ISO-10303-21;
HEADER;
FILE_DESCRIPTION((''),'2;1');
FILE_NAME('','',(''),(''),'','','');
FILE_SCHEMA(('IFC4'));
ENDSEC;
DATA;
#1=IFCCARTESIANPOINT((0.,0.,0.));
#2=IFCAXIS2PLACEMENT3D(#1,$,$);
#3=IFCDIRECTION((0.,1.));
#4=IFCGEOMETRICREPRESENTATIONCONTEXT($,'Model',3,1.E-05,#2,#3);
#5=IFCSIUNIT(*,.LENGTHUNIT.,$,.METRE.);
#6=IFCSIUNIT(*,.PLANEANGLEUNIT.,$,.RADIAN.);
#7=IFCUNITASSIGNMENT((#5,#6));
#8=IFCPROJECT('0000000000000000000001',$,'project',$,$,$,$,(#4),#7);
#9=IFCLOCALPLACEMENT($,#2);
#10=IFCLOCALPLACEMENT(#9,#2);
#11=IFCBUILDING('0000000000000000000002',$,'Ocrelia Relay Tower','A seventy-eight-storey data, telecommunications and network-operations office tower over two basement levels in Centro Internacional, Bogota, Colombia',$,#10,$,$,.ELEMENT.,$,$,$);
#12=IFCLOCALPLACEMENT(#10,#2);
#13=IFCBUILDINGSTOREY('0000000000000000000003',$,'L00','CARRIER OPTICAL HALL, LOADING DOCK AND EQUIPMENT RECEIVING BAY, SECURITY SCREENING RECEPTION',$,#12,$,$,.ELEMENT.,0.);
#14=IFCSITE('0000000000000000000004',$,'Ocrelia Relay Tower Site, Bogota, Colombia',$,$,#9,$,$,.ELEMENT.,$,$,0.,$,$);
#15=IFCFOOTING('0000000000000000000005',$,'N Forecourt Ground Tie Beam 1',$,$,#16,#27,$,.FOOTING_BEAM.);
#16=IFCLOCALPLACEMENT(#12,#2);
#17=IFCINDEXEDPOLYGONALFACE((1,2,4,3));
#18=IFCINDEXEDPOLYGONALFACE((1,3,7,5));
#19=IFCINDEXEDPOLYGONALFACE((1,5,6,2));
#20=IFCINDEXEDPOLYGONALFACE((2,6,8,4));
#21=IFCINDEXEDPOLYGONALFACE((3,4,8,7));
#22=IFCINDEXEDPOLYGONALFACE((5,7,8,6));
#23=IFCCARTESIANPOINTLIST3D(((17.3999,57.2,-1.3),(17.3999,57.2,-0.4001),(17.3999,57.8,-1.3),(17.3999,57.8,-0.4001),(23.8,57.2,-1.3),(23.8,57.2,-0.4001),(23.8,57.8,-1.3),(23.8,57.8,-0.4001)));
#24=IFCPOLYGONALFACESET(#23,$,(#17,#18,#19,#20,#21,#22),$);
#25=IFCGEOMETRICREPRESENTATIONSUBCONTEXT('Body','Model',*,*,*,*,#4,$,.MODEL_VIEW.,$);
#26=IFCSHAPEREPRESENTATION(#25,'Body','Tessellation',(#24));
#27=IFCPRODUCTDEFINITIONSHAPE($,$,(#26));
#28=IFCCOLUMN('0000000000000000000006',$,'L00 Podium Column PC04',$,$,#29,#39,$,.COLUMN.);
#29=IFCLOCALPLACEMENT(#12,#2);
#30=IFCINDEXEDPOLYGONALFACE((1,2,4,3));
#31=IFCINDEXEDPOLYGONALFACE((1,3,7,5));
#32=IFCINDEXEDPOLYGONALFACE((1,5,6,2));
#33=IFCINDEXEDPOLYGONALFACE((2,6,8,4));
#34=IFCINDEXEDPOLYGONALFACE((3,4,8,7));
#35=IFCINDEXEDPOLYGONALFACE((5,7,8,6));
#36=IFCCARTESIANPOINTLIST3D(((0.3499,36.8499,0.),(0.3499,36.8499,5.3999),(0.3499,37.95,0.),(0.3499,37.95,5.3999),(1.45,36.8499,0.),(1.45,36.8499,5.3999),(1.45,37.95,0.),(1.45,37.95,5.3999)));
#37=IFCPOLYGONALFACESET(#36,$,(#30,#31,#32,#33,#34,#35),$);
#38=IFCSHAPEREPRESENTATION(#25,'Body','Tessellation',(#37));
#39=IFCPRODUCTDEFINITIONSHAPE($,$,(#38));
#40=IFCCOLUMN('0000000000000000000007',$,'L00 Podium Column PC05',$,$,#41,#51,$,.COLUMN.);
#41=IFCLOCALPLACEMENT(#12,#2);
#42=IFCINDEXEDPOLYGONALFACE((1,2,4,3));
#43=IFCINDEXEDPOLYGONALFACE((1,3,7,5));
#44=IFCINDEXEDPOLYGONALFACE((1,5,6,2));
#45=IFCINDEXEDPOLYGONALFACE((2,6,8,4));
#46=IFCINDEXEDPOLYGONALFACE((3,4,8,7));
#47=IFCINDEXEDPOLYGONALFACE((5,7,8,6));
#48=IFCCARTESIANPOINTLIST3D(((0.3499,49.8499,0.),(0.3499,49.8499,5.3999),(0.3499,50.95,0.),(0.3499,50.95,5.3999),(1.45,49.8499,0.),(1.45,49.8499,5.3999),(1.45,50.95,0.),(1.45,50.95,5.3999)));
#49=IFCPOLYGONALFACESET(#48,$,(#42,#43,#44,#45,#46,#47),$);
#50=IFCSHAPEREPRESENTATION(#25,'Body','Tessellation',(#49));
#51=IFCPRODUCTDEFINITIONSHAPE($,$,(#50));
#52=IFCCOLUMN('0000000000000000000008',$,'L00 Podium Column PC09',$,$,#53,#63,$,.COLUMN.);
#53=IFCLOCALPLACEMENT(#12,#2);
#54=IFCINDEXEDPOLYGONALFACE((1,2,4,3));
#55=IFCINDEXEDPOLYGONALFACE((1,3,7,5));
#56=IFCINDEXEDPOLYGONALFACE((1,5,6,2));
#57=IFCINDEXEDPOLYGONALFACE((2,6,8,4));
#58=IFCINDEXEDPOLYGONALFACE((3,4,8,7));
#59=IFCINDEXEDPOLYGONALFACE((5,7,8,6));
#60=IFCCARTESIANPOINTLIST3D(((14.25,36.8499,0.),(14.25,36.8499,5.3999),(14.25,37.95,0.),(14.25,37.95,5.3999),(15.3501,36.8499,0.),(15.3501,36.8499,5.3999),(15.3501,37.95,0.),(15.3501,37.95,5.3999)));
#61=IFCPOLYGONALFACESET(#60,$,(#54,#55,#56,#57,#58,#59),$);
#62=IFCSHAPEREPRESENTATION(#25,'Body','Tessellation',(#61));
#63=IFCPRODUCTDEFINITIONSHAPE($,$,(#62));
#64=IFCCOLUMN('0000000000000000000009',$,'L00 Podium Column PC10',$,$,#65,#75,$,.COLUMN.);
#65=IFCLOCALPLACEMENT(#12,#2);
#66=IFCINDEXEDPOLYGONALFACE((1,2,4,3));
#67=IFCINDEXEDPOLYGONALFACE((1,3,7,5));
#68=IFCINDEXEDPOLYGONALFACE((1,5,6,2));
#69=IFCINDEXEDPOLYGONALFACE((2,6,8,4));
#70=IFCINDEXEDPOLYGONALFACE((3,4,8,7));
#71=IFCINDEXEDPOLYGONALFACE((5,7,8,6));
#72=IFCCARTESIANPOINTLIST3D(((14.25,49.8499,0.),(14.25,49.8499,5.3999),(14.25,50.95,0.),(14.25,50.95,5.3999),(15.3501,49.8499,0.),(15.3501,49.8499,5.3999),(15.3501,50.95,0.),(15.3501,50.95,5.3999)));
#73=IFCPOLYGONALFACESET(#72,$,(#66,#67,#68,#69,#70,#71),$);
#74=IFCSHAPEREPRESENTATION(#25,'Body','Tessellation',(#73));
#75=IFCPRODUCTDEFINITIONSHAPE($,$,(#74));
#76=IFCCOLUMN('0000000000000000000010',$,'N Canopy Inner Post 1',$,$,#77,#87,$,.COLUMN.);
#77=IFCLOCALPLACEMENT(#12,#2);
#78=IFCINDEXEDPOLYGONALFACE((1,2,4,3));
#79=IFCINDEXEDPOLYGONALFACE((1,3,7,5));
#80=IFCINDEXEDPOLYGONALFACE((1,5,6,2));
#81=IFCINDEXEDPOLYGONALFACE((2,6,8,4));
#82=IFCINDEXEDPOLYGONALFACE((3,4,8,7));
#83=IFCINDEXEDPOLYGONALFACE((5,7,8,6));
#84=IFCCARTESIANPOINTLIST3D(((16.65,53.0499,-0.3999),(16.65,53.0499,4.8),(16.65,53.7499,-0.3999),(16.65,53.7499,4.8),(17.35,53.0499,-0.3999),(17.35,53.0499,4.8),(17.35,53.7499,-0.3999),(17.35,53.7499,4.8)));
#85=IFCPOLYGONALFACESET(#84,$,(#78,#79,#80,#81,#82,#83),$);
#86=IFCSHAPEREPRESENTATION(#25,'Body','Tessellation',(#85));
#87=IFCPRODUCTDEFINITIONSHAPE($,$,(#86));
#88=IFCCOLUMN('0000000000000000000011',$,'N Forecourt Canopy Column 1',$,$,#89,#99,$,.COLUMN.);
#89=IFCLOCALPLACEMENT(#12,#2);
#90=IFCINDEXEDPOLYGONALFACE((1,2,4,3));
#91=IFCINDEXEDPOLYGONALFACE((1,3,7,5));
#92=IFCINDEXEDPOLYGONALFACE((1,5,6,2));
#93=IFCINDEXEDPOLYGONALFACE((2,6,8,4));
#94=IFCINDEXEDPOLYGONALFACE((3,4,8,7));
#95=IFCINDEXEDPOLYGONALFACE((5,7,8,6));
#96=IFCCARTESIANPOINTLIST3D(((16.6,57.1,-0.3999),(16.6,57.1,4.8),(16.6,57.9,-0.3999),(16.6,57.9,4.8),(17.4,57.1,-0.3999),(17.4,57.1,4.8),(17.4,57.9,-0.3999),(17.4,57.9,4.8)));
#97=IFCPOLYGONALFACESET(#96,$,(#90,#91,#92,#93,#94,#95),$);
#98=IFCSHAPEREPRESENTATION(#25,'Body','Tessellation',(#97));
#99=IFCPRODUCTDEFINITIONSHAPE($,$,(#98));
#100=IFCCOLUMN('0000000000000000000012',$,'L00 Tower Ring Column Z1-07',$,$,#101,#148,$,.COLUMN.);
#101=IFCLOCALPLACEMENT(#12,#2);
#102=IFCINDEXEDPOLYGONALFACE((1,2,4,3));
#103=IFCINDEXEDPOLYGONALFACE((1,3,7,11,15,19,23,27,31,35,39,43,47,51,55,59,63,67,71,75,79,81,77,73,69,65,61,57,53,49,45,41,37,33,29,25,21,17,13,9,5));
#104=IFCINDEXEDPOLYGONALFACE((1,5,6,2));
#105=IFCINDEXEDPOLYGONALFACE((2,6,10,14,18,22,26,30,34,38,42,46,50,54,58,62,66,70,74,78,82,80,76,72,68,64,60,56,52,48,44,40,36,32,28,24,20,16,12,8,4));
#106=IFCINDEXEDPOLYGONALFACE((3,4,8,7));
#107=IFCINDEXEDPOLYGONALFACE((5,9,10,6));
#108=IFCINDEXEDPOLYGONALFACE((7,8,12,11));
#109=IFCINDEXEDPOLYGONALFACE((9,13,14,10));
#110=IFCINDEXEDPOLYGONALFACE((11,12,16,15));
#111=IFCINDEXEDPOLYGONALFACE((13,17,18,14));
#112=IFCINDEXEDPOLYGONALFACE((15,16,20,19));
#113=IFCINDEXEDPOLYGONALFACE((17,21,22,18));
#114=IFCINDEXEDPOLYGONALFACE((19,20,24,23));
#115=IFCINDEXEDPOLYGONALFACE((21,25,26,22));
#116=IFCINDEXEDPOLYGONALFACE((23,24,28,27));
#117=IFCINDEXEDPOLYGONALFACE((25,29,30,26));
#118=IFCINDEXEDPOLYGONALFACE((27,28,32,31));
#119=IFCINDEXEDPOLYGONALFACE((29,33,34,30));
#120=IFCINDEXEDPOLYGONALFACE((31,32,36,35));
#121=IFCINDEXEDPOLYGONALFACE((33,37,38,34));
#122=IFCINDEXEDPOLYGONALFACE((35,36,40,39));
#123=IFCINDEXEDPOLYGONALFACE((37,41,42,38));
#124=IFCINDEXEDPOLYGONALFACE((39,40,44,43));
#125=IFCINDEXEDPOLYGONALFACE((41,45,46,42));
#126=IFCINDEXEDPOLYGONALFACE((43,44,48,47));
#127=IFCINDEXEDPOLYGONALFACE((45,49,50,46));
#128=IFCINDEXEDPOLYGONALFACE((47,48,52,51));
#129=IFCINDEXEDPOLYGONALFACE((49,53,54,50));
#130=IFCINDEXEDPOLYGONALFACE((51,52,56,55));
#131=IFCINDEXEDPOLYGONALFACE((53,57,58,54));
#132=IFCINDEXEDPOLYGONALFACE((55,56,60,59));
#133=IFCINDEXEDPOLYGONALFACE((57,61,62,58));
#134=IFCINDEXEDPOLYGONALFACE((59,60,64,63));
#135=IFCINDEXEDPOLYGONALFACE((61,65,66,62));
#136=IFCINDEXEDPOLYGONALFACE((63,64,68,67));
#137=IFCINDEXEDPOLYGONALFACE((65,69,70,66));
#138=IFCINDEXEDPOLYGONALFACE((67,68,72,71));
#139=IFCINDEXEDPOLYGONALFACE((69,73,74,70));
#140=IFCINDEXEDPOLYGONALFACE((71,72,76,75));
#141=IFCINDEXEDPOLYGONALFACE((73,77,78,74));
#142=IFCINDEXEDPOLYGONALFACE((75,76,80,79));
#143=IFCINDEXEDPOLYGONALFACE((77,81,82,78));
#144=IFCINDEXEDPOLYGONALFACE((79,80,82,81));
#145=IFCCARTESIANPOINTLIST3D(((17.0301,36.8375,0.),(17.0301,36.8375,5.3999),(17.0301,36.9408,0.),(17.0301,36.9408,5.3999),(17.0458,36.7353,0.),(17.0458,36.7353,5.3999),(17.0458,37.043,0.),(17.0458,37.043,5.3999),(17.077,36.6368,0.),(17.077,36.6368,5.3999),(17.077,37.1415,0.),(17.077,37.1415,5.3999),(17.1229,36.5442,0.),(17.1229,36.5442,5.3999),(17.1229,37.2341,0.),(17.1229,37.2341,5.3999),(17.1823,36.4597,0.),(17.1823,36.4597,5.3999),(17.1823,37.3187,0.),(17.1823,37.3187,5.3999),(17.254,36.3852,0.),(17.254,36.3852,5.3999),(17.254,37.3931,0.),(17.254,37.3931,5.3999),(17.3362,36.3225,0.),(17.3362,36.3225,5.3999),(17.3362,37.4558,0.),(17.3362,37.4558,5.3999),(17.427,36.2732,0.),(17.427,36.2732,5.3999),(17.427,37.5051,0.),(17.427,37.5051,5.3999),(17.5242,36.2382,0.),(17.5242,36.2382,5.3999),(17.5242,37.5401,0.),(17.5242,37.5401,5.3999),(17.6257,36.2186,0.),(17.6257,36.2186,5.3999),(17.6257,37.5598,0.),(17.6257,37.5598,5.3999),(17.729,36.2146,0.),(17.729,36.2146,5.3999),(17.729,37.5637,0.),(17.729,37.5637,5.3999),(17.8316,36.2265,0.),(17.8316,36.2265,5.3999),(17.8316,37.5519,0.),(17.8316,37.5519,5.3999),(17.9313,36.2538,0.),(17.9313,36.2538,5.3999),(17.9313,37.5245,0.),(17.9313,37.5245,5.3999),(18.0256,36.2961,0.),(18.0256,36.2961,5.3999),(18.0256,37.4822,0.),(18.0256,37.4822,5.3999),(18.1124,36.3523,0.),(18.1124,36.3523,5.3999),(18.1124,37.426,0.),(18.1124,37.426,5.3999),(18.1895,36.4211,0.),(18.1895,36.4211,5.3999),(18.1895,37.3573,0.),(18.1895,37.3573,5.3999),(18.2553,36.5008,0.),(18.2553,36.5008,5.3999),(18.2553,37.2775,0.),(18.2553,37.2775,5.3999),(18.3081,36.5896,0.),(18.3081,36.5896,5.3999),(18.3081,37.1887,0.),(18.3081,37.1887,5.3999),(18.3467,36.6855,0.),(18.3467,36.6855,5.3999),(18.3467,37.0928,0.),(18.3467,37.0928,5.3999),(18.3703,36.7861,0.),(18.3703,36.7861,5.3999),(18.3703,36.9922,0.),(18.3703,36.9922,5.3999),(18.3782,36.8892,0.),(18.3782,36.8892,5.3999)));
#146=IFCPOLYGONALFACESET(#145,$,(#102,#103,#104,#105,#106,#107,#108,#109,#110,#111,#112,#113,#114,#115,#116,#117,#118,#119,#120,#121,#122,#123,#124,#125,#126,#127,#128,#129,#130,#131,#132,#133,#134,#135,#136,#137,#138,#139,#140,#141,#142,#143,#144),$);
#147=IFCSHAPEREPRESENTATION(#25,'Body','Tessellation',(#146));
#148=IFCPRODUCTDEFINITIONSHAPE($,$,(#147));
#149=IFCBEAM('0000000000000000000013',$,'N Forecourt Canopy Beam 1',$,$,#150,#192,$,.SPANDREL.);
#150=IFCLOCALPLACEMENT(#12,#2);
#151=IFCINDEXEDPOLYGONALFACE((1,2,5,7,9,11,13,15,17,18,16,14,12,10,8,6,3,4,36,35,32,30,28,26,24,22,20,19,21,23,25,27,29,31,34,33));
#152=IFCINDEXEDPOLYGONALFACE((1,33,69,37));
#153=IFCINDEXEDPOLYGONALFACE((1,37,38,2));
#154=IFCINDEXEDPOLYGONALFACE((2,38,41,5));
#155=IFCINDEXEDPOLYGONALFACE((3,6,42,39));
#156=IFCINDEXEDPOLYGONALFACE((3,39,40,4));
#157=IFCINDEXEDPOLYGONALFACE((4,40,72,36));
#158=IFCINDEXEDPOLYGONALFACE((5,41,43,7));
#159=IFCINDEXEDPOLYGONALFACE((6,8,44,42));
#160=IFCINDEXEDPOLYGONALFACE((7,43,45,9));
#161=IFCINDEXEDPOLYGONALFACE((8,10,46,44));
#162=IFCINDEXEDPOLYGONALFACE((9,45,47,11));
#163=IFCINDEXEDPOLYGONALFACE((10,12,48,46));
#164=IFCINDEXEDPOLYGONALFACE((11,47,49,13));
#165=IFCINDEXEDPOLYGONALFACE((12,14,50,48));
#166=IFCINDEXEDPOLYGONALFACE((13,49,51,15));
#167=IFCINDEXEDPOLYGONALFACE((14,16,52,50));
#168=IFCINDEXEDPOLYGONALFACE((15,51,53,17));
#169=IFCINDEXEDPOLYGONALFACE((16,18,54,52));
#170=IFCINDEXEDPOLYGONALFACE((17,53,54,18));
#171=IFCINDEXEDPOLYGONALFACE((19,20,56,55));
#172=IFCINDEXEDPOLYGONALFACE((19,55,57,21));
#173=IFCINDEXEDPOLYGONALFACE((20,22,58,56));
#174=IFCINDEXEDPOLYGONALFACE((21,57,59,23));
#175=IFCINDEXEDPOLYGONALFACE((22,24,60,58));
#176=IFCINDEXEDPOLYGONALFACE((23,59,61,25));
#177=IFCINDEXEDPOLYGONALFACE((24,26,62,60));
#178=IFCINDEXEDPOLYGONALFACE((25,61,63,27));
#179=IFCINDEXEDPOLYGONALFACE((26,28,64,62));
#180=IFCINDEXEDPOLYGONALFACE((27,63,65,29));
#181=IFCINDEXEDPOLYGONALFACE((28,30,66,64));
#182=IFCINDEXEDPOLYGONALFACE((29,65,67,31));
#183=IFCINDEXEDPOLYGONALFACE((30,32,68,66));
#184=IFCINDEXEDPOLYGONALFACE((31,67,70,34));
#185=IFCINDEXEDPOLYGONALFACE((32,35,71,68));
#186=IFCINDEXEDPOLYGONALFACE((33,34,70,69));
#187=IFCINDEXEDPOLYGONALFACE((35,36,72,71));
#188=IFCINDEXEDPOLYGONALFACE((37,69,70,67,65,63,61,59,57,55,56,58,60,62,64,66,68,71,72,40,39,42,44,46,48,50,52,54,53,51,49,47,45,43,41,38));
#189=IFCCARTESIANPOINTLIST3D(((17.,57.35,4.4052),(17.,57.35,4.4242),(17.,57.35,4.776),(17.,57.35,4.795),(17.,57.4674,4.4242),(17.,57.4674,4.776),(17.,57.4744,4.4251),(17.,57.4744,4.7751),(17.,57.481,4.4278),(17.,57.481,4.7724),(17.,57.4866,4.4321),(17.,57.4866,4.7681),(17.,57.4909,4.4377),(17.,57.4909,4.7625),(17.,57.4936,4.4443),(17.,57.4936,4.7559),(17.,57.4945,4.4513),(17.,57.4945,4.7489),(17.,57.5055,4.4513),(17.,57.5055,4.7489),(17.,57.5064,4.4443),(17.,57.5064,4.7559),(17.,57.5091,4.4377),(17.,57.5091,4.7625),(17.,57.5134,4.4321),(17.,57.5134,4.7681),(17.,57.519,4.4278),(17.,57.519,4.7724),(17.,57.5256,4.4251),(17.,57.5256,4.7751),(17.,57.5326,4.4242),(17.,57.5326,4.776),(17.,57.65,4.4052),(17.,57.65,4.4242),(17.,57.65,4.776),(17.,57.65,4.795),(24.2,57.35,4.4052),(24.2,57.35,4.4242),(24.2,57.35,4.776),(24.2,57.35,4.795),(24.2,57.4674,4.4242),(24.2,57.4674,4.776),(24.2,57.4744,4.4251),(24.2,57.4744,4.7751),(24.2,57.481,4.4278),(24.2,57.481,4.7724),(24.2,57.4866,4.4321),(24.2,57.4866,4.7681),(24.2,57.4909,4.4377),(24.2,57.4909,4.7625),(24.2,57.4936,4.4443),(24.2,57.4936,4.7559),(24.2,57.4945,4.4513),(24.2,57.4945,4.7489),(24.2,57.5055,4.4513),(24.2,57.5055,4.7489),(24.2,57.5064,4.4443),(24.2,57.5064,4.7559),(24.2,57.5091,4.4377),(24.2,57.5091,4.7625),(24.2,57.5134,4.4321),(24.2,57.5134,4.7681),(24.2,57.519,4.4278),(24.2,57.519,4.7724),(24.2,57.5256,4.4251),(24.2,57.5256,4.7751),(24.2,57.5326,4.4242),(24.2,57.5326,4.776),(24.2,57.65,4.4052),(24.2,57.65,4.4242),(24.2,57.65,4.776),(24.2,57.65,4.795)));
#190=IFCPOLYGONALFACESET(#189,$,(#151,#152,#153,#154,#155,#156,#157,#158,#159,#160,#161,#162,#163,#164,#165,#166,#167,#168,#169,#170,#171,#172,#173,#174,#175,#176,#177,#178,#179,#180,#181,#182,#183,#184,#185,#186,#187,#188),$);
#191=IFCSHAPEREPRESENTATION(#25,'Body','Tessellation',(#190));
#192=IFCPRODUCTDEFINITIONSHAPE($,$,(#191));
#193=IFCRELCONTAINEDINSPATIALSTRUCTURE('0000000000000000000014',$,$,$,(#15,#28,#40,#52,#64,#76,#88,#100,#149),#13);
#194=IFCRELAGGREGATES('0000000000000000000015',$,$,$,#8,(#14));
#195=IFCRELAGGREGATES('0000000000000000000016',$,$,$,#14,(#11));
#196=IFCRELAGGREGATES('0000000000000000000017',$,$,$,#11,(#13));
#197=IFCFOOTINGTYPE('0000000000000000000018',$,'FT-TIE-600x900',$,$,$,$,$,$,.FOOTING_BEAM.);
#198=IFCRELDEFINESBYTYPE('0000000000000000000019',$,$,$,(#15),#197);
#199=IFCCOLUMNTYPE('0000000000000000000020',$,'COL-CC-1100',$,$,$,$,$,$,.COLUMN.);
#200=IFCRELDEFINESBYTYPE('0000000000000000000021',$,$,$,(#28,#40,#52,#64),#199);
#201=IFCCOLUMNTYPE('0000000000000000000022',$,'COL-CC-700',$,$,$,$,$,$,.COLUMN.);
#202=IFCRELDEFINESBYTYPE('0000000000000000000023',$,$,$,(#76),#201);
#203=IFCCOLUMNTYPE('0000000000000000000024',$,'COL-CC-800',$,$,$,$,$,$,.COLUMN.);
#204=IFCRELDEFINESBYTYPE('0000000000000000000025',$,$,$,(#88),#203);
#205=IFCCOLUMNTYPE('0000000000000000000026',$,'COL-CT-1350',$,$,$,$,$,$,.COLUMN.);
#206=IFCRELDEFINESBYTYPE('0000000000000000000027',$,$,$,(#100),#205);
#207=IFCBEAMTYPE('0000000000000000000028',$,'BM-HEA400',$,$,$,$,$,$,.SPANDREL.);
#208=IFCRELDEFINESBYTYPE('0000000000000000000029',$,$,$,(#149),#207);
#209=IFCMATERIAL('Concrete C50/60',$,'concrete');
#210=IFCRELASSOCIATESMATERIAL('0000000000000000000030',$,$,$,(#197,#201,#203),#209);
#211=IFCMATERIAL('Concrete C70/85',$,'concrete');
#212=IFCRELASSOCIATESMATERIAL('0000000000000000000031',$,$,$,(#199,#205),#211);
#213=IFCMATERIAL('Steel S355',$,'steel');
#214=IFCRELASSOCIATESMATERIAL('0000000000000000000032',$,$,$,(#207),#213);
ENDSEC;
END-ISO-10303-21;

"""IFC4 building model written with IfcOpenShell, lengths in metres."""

from ifc_helpers import new_model, si_unit, direction, frame, origin, origin_2d, place, context, subcontext, project, spatial, rectangle, circle, i_section, extrude, material, material_profile, profile_set, type_object, element, save


model = new_model("IFC4")

# Units and contexts
model_context = context("Model", 3, precision=1e-05, world=origin(), true_north=direction((0.0, 1.0)))
body_context = subcontext(model_context, "Body", "Model", "MODEL_VIEW")
ifc_project = project(units=[si_unit("LENGTHUNIT", "METRE"), si_unit("PLANEANGLEUNIT", "RADIAN")], contexts=[model_context])

# Site, building, storey
site_placement = place(None, origin())
site = spatial("IfcSite", under=ifc_project, at=site_placement, Name="Ocrelia Relay Tower Site, Bogota, Colombia", CompositionType="ELEMENT", RefElevation=0.0)
building_placement = place(site_placement, origin())
building = spatial("IfcBuilding", under=site, at=building_placement, Name="Ocrelia Relay Tower", Description="A seventy-eight-storey data, telecommunications and network-operations office tower over two basement levels in Centro Internacional, Bogota, Colombia", CompositionType="ELEMENT")
storey_placement = place(building_placement, origin())
storey = spatial("IfcBuildingStorey", under=building, at=storey_placement, Name="L00", Description="CARRIER OPTICAL HALL, LOADING DOCK AND EQUIPMENT RECEIVING BAY, SECURITY SCREENING RECEPTION", CompositionType="ELEMENT", Elevation=0.0)

# Footing
ifc_material_1 = material(Name="Concrete C50/60", Category="concrete")
ifc_material_profile_1 = material_profile(ifc_material_1, rectangle(XDim=0.6001, YDim=0.8999, at=origin_2d()), Name="RC-BM-600x900")
ifc_profile_set_1 = profile_set([ifc_material_profile_1], Name="Concrete C50/60")
footing_type = type_object("IfcFootingType", Name="FT-TIE-600x900", PredefinedType="FOOTING_BEAM", material=ifc_profile_set_1)
footing_placement = place(storey_placement, frame((17.3999, 57.5, -0.8501), z_axis=(1.0, 0.0, 0.0), x_axis=(0.0, 1.0, 0.0)))
element("IfcFooting", 1, at=footing_placement, inside=storey, type_object=footing_type, Name="N Forecourt Ground Tie Beam 1", PredefinedType="FOOTING_BEAM", context=body_context, shape_type="SweptSolid", body=[
    extrude(rectangle(XDim=0.6001, YDim=0.8999, at=origin_2d()), origin(), (0.0, 0.0, 1.0), 6.4001),
])

# Columns
ifc_material_2 = material(Name="Concrete C70/85", Category="concrete")
ifc_material_profile_2 = material_profile(ifc_material_2, rectangle(XDim=1.1001, YDim=1.1001, at=origin_2d()), Name="RC-COL-1100x1100")
ifc_profile_set_2 = profile_set([ifc_material_profile_2], Name="Concrete C70/85")
column_type_1 = type_object("IfcColumnType", Name="COL-CC-1100", PredefinedType="COLUMN", material=ifc_profile_set_2)
for number, where, z_axis, x_axis, name in (
    (2, (0.8999, 37.3999, 0.0), (0.0, 0.0, 1.0), (1.0, 0.0, 0.0), "L00 Podium Column PC04"),
    (3, (0.8999, 50.3999, 0.0), (0.0, 0.0, 1.0), (1.0, 0.0, 0.0), "L00 Podium Column PC05"),
    (4, (14.8, 37.3999, 0.0), (0.0, 0.0, 1.0), (1.0, 0.0, 0.0), "L00 Podium Column PC09"),
    (5, (14.8, 50.3999, 0.0), (0.0, 0.0, 1.0), (1.0, 0.0, 0.0), "L00 Podium Column PC10"),
):
    element("IfcColumn", number, at=place(storey_placement, frame(where, z_axis=z_axis, x_axis=x_axis)), inside=storey, type_object=column_type_1, Name=name, PredefinedType="COLUMN", context=body_context, shape_type="SweptSolid", body=[
        extrude(rectangle(XDim=1.1001, YDim=1.1001, at=origin_2d()), origin(), (0.0, 0.0, 1.0), 5.3999),
    ])
ifc_material_profile_3 = material_profile(ifc_material_1, rectangle(XDim=0.7, YDim=0.7, at=origin_2d()), Name="RC-COL-700x700")
ifc_profile_set_3 = profile_set([ifc_material_profile_3], Name="Concrete C50/60")
column_type_2 = type_object("IfcColumnType", Name="COL-CC-700", PredefinedType="COLUMN", material=ifc_profile_set_3)
column_1_placement = place(storey_placement, frame((17.0, 53.3999, -0.3999), z_axis=(0.0, 0.0, 1.0), x_axis=(1.0, 0.0, 0.0)))
element("IfcColumn", 6, at=column_1_placement, inside=storey, type_object=column_type_2, Name="N Canopy Inner Post 1", PredefinedType="COLUMN", context=body_context, shape_type="SweptSolid", body=[
    extrude(rectangle(XDim=0.7, YDim=0.7, at=origin_2d()), origin(), (0.0, 0.0, 1.0), 5.2),
])
ifc_material_profile_4 = material_profile(ifc_material_1, rectangle(XDim=0.8, YDim=0.8, at=origin_2d()), Name="RC-COL-800x800")
ifc_profile_set_4 = profile_set([ifc_material_profile_4], Name="Concrete C50/60")
column_type_3 = type_object("IfcColumnType", Name="COL-CC-800", PredefinedType="COLUMN", material=ifc_profile_set_4)
column_2_placement = place(storey_placement, frame((17.0, 57.5, -0.3999), z_axis=(0.0, 0.0, 1.0), x_axis=(1.0, 0.0, 0.0)))
element("IfcColumn", 7, at=column_2_placement, inside=storey, type_object=column_type_3, Name="N Forecourt Canopy Column 1", PredefinedType="COLUMN", context=body_context, shape_type="SweptSolid", body=[
    extrude(rectangle(XDim=0.8, YDim=0.8, at=origin_2d()), origin(), (0.0, 0.0, 1.0), 5.2),
])
ifc_material_profile_5 = material_profile(ifc_material_2, circle(Radius=0.675, at=origin_2d()), Name="RC-CIR-1350")
ifc_profile_set_5 = profile_set([ifc_material_profile_5], Name="Concrete C70/85")
column_type_4 = type_object("IfcColumnType", Name="COL-CT-1350", PredefinedType="COLUMN", material=ifc_profile_set_5)
column_3_placement = place(storey_placement, frame((17.7031, 36.8892, 0.0), z_axis=(0.0, 0.0, 1.0), x_axis=(1.0, 0.0, 0.0)))
element("IfcColumn", 8, at=column_3_placement, inside=storey, type_object=column_type_4, Name="L00 Tower Ring Column Z1-07", PredefinedType="COLUMN", context=body_context, shape_type="SweptSolid", body=[
    extrude(circle(Radius=0.675, at=origin_2d()), origin(), (0.0, 0.0, 1.0), 5.3999),
])

# Beam
ifc_material_3 = material(Name="Steel S355", Category="steel")
ifc_material_profile_6 = material_profile(ifc_material_3, i_section(OverallWidth=0.3, OverallDepth=0.3899, WebThickness=0.011, FlangeThickness=0.019, FilletRadius=0.0271, at=origin_2d()), Name="HEA 400")
ifc_profile_set_6 = profile_set([ifc_material_profile_6], Name="Steel S355")
beam_type_1 = type_object("IfcBeamType", Name="BM-HEA400", PredefinedType="SPANDREL", material=ifc_profile_set_6)
for number, where, z_axis, x_axis, name in (
    (9, (17.0, 57.5, 4.6001), (1.0, 0.0, 0.0), (0.0, 1.0, 0.0), "N Forecourt Canopy Beam 1"),
):
    element("IfcBeam", number, at=place(storey_placement, frame(where, z_axis=z_axis, x_axis=x_axis)), inside=storey, type_object=beam_type_1, Name=name, PredefinedType="SPANDREL", context=body_context, shape_type="SweptSolid", body=[
        extrude(i_section(OverallWidth=0.3, OverallDepth=0.3899, WebThickness=0.011, FlangeThickness=0.019, FilletRadius=0.0271, at=origin_2d()), origin(), (0.0, 0.0, 1.0), 7.2),
    ])

save(model, "model.ifc")
